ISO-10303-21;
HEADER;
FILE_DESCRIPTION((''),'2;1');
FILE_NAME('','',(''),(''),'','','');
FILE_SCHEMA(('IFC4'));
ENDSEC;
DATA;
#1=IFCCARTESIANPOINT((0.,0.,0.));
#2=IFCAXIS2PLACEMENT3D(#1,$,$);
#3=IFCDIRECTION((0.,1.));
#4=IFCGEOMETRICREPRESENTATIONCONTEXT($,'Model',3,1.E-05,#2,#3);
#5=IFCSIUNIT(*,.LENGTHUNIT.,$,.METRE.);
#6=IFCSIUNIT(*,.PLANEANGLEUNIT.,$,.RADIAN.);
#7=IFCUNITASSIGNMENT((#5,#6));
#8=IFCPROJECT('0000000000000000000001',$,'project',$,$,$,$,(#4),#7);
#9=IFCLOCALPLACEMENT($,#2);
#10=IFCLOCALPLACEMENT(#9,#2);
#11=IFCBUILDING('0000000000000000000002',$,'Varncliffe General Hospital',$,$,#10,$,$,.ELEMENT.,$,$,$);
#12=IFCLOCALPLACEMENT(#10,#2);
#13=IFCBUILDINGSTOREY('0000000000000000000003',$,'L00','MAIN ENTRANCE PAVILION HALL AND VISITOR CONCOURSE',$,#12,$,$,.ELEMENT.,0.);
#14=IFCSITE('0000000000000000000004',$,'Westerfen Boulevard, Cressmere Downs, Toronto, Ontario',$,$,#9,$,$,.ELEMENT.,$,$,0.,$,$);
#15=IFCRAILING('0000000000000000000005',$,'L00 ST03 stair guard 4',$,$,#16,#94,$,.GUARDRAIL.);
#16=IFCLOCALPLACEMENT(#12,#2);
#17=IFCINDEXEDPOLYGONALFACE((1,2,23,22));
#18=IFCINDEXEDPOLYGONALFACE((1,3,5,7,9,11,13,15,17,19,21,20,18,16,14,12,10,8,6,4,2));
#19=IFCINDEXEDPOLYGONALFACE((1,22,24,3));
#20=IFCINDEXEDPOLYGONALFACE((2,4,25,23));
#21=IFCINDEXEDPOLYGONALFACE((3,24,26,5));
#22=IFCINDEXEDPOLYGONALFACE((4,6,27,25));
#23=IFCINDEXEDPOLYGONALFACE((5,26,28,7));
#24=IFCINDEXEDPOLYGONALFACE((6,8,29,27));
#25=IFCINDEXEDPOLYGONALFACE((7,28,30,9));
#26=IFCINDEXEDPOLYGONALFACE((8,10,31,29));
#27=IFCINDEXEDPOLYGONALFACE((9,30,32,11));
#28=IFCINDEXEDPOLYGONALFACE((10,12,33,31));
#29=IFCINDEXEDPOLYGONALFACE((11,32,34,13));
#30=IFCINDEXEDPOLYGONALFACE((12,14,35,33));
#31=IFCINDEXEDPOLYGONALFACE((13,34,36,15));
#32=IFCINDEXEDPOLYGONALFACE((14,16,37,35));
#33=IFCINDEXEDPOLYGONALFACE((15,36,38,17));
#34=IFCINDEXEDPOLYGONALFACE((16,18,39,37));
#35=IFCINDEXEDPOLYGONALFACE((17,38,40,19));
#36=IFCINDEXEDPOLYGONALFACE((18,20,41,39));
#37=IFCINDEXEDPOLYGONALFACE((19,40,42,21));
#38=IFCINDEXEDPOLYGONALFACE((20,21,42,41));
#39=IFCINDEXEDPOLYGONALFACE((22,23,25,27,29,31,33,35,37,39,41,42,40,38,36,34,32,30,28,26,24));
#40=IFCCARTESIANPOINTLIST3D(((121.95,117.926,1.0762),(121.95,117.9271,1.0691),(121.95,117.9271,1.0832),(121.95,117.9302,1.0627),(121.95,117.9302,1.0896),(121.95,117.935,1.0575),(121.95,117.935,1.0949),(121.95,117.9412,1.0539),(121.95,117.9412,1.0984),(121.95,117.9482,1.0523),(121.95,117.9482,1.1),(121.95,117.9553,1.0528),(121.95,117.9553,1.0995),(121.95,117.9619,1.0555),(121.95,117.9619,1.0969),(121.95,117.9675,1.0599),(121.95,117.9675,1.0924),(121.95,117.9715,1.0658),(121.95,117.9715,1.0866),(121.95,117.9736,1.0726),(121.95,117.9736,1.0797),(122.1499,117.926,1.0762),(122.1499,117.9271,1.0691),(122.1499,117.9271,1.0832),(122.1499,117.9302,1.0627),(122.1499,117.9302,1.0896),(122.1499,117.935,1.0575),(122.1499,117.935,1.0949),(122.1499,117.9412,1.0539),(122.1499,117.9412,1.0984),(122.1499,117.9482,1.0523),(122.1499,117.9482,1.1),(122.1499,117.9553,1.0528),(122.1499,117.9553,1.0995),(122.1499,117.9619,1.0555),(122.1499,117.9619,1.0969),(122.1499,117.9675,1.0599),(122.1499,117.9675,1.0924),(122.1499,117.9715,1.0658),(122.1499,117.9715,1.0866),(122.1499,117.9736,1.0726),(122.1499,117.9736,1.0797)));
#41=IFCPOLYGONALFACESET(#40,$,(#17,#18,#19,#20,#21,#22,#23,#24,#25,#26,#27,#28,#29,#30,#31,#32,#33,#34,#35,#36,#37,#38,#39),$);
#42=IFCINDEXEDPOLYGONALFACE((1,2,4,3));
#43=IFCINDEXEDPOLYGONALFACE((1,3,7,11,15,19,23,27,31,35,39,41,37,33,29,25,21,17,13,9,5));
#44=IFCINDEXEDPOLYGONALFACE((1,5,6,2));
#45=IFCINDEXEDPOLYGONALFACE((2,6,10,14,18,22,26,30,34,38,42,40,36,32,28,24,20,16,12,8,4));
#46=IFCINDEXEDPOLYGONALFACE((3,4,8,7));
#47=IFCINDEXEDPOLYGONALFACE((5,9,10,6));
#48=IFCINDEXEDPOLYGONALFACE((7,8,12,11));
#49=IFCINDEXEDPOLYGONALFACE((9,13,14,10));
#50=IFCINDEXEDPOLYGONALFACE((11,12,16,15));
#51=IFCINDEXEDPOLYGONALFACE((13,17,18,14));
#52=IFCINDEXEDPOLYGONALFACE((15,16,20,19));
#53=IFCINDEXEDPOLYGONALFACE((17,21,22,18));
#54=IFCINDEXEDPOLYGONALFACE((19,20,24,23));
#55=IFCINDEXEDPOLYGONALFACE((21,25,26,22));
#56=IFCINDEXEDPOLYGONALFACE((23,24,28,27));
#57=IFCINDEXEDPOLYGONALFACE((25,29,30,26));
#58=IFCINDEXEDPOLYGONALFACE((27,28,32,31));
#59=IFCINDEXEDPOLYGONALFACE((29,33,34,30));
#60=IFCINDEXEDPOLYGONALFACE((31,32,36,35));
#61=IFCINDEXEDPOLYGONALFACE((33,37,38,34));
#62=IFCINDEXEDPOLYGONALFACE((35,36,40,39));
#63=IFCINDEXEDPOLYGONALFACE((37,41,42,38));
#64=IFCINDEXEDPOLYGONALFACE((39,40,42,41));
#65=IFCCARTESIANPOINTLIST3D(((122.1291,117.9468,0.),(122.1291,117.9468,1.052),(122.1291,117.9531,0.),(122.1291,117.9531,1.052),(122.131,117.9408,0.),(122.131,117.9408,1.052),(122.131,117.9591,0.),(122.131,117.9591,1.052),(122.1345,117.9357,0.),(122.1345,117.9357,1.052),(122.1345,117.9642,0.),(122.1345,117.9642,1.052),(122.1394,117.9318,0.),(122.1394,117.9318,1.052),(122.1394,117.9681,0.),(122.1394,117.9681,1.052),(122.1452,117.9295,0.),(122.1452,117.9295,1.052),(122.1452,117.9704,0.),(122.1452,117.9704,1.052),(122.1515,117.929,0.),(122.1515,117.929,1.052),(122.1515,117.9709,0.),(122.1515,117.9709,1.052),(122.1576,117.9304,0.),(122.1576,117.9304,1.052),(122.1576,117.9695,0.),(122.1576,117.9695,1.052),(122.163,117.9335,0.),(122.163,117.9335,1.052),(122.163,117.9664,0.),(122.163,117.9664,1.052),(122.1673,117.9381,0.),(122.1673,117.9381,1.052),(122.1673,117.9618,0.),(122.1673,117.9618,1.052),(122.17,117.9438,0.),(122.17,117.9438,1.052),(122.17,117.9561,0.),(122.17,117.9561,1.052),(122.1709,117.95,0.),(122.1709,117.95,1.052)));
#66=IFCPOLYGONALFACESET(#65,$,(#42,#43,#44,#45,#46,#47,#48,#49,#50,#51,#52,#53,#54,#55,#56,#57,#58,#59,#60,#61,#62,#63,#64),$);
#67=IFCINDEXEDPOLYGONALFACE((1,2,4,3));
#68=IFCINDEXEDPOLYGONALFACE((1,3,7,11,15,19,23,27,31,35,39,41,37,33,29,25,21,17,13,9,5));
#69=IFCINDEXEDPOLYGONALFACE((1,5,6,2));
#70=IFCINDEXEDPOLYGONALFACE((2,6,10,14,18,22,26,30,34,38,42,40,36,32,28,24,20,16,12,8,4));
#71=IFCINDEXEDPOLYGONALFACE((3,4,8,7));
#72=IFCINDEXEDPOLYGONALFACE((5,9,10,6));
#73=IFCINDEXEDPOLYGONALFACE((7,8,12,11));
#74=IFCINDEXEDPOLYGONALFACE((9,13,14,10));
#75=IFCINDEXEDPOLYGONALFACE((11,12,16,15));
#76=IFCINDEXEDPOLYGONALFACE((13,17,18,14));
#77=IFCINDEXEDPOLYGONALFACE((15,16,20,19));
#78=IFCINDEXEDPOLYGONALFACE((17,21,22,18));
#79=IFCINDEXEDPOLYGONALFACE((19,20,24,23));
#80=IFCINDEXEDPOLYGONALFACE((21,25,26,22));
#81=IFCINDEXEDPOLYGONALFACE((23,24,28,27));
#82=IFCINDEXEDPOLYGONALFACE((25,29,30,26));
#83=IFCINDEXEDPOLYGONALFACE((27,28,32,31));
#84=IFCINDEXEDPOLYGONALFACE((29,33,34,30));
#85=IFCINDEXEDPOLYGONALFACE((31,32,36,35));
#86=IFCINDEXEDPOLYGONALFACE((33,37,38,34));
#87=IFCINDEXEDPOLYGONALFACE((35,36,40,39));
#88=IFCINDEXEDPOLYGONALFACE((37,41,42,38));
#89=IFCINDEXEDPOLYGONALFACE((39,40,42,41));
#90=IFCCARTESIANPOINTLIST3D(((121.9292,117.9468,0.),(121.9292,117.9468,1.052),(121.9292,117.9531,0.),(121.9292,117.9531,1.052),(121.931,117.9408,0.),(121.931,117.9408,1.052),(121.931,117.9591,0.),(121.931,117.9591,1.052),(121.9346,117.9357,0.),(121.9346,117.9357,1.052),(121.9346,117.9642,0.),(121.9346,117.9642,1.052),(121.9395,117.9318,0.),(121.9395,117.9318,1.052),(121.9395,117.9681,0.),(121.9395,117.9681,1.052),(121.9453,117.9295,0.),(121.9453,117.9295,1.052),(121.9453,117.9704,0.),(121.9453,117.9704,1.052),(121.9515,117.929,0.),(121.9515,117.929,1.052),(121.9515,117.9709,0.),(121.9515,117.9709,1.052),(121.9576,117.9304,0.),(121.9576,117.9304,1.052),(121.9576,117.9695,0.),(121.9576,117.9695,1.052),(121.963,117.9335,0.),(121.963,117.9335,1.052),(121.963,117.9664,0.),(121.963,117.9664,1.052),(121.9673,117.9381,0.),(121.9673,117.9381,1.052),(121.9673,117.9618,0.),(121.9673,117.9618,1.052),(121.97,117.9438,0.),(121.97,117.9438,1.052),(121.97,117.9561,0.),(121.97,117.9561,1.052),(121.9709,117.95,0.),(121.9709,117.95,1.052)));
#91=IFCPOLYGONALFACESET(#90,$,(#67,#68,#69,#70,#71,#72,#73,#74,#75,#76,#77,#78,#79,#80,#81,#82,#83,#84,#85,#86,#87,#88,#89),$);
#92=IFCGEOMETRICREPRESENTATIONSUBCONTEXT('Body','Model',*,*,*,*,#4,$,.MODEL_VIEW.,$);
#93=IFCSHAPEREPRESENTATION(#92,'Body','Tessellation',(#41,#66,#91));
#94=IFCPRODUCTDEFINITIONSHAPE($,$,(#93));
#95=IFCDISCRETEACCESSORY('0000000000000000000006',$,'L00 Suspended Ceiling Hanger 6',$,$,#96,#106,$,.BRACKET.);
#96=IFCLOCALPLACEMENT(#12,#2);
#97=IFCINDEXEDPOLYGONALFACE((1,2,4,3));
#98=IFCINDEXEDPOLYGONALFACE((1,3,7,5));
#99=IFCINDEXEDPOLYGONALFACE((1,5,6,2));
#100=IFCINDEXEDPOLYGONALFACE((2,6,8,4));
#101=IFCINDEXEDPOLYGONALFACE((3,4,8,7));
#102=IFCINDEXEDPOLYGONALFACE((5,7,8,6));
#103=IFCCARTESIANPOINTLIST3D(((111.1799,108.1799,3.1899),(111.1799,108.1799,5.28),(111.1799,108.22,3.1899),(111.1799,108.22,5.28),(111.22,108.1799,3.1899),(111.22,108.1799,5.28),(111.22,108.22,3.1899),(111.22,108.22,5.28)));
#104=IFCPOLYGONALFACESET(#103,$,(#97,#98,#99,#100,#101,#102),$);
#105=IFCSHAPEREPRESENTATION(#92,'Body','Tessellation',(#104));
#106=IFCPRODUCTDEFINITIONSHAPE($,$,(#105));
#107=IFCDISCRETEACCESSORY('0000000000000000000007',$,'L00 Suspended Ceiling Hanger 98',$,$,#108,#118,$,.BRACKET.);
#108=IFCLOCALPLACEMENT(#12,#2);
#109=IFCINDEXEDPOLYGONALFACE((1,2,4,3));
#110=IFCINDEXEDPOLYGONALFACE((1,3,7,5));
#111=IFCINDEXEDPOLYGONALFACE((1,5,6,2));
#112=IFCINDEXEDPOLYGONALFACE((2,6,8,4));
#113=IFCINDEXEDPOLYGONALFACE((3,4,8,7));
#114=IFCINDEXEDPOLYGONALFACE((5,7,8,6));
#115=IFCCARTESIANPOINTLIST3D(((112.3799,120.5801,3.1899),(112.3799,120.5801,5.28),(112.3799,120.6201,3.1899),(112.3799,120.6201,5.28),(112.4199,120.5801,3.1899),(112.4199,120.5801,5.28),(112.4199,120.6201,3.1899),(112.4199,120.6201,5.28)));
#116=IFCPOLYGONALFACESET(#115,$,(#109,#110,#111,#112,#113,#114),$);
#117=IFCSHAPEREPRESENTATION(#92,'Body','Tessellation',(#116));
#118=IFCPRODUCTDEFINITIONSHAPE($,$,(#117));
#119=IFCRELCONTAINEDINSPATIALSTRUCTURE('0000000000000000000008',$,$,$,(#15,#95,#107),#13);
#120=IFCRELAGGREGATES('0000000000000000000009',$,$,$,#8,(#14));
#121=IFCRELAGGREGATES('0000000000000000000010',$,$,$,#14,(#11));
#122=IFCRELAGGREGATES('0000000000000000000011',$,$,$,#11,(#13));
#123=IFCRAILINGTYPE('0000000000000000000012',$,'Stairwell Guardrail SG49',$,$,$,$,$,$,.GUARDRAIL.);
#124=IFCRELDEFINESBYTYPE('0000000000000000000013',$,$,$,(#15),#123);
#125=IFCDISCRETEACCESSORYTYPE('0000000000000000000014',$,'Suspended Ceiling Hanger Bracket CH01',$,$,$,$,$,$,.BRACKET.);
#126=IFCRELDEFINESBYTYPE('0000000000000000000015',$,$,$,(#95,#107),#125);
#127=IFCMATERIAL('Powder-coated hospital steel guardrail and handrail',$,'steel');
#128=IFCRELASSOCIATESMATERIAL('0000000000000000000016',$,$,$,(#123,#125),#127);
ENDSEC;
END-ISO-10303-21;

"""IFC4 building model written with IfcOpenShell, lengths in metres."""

from ifc_helpers import new_model, si_unit, direction, frame, origin, origin_2d, place, context, subcontext, project, spatial, rectangle, circle, extrude, material, type_object, element, save


model = new_model("IFC4")

# Units and contexts
model_context = context("Model", 3, precision=1e-05, world=origin(), true_north=direction((0.0, 1.0)))
body_context = subcontext(model_context, "Body", "Model", "MODEL_VIEW")
ifc_project = project(units=[si_unit("LENGTHUNIT", "METRE"), si_unit("PLANEANGLEUNIT", "RADIAN")], contexts=[model_context])

# Site, building, storey
site_placement = place(None, origin())
site = spatial("IfcSite", under=ifc_project, at=site_placement, Name="Westerfen Boulevard, Cressmere Downs, Toronto, Ontario", CompositionType="ELEMENT", RefElevation=0.0)
building_placement = place(site_placement, origin())
building = spatial("IfcBuilding", under=site, at=building_placement, Name="Varncliffe General Hospital", CompositionType="ELEMENT")
storey_placement = place(building_placement, origin())
storey = spatial("IfcBuildingStorey", under=building, at=storey_placement, Name="L00", Description="MAIN ENTRANCE PAVILION HALL AND VISITOR CONCOURSE", CompositionType="ELEMENT", Elevation=0.0)

# Railing
ifc_material_1 = material(Name="Powder-coated hospital steel guardrail and handrail", Category="steel")
railing_type_1 = type_object("IfcRailingType", Name="Stairwell Guardrail SG49", PredefinedType="GUARDRAIL", material=ifc_material_1)
railing_1_placement = place(storey_placement, frame((122.1499, 117.95, 0.0)))
element("IfcRailing", 1, at=railing_1_placement, inside=storey, type_object=railing_type_1, Name="L00 ST03 stair guard 4", PredefinedType="GUARDRAIL", context=body_context, shape_type="SweptSolid", body=[
    extrude(circle(Radius=0.0239, at=origin_2d()), frame((0.0, 0.0, 1.0762), z_axis=(-1.0, 0.0, 0.0), x_axis=(0.0, -1.0, 0.0)), (0.0, 0.0, 1.0), 0.2),
    extrude(circle(Radius=0.021, at=origin_2d()), origin(), (0.0, 0.0, 1.0), 1.052),
    extrude(circle(Radius=0.021, at=origin_2d()), frame((-0.2, 0.0, 0.0)), (0.0, 0.0, 1.0), 1.052),
])

# Discrete accessories
discrete_accessory_type = type_object("IfcDiscreteAccessoryType", Name="Suspended Ceiling Hanger Bracket CH01", PredefinedType="BRACKET", material=ifc_material_1)
for number, where, z_axis, x_axis, name in (
    (2, (111.2, 108.2, 3.1899), (0.0, 0.0, 1.0), (1.0, 0.0, 0.0), "L00 Suspended Ceiling Hanger 6"),
    (3, (112.3999, 120.6001, 3.1899), (0.0, 0.0, 1.0), (1.0, 0.0, 0.0), "L00 Suspended Ceiling Hanger 98"),
):
    element("IfcDiscreteAccessory", number, at=place(storey_placement, frame(where, z_axis=z_axis, x_axis=x_axis)), inside=storey, type_object=discrete_accessory_type, Name=name, PredefinedType="BRACKET", context=body_context, shape_type="SweptSolid", body=[
        extrude(rectangle(XDim=0.04, YDim=0.04, at=origin_2d()), origin(), (0.0, 0.0, 1.0), 2.0901),
    ])

save(model, "model.ifc")
